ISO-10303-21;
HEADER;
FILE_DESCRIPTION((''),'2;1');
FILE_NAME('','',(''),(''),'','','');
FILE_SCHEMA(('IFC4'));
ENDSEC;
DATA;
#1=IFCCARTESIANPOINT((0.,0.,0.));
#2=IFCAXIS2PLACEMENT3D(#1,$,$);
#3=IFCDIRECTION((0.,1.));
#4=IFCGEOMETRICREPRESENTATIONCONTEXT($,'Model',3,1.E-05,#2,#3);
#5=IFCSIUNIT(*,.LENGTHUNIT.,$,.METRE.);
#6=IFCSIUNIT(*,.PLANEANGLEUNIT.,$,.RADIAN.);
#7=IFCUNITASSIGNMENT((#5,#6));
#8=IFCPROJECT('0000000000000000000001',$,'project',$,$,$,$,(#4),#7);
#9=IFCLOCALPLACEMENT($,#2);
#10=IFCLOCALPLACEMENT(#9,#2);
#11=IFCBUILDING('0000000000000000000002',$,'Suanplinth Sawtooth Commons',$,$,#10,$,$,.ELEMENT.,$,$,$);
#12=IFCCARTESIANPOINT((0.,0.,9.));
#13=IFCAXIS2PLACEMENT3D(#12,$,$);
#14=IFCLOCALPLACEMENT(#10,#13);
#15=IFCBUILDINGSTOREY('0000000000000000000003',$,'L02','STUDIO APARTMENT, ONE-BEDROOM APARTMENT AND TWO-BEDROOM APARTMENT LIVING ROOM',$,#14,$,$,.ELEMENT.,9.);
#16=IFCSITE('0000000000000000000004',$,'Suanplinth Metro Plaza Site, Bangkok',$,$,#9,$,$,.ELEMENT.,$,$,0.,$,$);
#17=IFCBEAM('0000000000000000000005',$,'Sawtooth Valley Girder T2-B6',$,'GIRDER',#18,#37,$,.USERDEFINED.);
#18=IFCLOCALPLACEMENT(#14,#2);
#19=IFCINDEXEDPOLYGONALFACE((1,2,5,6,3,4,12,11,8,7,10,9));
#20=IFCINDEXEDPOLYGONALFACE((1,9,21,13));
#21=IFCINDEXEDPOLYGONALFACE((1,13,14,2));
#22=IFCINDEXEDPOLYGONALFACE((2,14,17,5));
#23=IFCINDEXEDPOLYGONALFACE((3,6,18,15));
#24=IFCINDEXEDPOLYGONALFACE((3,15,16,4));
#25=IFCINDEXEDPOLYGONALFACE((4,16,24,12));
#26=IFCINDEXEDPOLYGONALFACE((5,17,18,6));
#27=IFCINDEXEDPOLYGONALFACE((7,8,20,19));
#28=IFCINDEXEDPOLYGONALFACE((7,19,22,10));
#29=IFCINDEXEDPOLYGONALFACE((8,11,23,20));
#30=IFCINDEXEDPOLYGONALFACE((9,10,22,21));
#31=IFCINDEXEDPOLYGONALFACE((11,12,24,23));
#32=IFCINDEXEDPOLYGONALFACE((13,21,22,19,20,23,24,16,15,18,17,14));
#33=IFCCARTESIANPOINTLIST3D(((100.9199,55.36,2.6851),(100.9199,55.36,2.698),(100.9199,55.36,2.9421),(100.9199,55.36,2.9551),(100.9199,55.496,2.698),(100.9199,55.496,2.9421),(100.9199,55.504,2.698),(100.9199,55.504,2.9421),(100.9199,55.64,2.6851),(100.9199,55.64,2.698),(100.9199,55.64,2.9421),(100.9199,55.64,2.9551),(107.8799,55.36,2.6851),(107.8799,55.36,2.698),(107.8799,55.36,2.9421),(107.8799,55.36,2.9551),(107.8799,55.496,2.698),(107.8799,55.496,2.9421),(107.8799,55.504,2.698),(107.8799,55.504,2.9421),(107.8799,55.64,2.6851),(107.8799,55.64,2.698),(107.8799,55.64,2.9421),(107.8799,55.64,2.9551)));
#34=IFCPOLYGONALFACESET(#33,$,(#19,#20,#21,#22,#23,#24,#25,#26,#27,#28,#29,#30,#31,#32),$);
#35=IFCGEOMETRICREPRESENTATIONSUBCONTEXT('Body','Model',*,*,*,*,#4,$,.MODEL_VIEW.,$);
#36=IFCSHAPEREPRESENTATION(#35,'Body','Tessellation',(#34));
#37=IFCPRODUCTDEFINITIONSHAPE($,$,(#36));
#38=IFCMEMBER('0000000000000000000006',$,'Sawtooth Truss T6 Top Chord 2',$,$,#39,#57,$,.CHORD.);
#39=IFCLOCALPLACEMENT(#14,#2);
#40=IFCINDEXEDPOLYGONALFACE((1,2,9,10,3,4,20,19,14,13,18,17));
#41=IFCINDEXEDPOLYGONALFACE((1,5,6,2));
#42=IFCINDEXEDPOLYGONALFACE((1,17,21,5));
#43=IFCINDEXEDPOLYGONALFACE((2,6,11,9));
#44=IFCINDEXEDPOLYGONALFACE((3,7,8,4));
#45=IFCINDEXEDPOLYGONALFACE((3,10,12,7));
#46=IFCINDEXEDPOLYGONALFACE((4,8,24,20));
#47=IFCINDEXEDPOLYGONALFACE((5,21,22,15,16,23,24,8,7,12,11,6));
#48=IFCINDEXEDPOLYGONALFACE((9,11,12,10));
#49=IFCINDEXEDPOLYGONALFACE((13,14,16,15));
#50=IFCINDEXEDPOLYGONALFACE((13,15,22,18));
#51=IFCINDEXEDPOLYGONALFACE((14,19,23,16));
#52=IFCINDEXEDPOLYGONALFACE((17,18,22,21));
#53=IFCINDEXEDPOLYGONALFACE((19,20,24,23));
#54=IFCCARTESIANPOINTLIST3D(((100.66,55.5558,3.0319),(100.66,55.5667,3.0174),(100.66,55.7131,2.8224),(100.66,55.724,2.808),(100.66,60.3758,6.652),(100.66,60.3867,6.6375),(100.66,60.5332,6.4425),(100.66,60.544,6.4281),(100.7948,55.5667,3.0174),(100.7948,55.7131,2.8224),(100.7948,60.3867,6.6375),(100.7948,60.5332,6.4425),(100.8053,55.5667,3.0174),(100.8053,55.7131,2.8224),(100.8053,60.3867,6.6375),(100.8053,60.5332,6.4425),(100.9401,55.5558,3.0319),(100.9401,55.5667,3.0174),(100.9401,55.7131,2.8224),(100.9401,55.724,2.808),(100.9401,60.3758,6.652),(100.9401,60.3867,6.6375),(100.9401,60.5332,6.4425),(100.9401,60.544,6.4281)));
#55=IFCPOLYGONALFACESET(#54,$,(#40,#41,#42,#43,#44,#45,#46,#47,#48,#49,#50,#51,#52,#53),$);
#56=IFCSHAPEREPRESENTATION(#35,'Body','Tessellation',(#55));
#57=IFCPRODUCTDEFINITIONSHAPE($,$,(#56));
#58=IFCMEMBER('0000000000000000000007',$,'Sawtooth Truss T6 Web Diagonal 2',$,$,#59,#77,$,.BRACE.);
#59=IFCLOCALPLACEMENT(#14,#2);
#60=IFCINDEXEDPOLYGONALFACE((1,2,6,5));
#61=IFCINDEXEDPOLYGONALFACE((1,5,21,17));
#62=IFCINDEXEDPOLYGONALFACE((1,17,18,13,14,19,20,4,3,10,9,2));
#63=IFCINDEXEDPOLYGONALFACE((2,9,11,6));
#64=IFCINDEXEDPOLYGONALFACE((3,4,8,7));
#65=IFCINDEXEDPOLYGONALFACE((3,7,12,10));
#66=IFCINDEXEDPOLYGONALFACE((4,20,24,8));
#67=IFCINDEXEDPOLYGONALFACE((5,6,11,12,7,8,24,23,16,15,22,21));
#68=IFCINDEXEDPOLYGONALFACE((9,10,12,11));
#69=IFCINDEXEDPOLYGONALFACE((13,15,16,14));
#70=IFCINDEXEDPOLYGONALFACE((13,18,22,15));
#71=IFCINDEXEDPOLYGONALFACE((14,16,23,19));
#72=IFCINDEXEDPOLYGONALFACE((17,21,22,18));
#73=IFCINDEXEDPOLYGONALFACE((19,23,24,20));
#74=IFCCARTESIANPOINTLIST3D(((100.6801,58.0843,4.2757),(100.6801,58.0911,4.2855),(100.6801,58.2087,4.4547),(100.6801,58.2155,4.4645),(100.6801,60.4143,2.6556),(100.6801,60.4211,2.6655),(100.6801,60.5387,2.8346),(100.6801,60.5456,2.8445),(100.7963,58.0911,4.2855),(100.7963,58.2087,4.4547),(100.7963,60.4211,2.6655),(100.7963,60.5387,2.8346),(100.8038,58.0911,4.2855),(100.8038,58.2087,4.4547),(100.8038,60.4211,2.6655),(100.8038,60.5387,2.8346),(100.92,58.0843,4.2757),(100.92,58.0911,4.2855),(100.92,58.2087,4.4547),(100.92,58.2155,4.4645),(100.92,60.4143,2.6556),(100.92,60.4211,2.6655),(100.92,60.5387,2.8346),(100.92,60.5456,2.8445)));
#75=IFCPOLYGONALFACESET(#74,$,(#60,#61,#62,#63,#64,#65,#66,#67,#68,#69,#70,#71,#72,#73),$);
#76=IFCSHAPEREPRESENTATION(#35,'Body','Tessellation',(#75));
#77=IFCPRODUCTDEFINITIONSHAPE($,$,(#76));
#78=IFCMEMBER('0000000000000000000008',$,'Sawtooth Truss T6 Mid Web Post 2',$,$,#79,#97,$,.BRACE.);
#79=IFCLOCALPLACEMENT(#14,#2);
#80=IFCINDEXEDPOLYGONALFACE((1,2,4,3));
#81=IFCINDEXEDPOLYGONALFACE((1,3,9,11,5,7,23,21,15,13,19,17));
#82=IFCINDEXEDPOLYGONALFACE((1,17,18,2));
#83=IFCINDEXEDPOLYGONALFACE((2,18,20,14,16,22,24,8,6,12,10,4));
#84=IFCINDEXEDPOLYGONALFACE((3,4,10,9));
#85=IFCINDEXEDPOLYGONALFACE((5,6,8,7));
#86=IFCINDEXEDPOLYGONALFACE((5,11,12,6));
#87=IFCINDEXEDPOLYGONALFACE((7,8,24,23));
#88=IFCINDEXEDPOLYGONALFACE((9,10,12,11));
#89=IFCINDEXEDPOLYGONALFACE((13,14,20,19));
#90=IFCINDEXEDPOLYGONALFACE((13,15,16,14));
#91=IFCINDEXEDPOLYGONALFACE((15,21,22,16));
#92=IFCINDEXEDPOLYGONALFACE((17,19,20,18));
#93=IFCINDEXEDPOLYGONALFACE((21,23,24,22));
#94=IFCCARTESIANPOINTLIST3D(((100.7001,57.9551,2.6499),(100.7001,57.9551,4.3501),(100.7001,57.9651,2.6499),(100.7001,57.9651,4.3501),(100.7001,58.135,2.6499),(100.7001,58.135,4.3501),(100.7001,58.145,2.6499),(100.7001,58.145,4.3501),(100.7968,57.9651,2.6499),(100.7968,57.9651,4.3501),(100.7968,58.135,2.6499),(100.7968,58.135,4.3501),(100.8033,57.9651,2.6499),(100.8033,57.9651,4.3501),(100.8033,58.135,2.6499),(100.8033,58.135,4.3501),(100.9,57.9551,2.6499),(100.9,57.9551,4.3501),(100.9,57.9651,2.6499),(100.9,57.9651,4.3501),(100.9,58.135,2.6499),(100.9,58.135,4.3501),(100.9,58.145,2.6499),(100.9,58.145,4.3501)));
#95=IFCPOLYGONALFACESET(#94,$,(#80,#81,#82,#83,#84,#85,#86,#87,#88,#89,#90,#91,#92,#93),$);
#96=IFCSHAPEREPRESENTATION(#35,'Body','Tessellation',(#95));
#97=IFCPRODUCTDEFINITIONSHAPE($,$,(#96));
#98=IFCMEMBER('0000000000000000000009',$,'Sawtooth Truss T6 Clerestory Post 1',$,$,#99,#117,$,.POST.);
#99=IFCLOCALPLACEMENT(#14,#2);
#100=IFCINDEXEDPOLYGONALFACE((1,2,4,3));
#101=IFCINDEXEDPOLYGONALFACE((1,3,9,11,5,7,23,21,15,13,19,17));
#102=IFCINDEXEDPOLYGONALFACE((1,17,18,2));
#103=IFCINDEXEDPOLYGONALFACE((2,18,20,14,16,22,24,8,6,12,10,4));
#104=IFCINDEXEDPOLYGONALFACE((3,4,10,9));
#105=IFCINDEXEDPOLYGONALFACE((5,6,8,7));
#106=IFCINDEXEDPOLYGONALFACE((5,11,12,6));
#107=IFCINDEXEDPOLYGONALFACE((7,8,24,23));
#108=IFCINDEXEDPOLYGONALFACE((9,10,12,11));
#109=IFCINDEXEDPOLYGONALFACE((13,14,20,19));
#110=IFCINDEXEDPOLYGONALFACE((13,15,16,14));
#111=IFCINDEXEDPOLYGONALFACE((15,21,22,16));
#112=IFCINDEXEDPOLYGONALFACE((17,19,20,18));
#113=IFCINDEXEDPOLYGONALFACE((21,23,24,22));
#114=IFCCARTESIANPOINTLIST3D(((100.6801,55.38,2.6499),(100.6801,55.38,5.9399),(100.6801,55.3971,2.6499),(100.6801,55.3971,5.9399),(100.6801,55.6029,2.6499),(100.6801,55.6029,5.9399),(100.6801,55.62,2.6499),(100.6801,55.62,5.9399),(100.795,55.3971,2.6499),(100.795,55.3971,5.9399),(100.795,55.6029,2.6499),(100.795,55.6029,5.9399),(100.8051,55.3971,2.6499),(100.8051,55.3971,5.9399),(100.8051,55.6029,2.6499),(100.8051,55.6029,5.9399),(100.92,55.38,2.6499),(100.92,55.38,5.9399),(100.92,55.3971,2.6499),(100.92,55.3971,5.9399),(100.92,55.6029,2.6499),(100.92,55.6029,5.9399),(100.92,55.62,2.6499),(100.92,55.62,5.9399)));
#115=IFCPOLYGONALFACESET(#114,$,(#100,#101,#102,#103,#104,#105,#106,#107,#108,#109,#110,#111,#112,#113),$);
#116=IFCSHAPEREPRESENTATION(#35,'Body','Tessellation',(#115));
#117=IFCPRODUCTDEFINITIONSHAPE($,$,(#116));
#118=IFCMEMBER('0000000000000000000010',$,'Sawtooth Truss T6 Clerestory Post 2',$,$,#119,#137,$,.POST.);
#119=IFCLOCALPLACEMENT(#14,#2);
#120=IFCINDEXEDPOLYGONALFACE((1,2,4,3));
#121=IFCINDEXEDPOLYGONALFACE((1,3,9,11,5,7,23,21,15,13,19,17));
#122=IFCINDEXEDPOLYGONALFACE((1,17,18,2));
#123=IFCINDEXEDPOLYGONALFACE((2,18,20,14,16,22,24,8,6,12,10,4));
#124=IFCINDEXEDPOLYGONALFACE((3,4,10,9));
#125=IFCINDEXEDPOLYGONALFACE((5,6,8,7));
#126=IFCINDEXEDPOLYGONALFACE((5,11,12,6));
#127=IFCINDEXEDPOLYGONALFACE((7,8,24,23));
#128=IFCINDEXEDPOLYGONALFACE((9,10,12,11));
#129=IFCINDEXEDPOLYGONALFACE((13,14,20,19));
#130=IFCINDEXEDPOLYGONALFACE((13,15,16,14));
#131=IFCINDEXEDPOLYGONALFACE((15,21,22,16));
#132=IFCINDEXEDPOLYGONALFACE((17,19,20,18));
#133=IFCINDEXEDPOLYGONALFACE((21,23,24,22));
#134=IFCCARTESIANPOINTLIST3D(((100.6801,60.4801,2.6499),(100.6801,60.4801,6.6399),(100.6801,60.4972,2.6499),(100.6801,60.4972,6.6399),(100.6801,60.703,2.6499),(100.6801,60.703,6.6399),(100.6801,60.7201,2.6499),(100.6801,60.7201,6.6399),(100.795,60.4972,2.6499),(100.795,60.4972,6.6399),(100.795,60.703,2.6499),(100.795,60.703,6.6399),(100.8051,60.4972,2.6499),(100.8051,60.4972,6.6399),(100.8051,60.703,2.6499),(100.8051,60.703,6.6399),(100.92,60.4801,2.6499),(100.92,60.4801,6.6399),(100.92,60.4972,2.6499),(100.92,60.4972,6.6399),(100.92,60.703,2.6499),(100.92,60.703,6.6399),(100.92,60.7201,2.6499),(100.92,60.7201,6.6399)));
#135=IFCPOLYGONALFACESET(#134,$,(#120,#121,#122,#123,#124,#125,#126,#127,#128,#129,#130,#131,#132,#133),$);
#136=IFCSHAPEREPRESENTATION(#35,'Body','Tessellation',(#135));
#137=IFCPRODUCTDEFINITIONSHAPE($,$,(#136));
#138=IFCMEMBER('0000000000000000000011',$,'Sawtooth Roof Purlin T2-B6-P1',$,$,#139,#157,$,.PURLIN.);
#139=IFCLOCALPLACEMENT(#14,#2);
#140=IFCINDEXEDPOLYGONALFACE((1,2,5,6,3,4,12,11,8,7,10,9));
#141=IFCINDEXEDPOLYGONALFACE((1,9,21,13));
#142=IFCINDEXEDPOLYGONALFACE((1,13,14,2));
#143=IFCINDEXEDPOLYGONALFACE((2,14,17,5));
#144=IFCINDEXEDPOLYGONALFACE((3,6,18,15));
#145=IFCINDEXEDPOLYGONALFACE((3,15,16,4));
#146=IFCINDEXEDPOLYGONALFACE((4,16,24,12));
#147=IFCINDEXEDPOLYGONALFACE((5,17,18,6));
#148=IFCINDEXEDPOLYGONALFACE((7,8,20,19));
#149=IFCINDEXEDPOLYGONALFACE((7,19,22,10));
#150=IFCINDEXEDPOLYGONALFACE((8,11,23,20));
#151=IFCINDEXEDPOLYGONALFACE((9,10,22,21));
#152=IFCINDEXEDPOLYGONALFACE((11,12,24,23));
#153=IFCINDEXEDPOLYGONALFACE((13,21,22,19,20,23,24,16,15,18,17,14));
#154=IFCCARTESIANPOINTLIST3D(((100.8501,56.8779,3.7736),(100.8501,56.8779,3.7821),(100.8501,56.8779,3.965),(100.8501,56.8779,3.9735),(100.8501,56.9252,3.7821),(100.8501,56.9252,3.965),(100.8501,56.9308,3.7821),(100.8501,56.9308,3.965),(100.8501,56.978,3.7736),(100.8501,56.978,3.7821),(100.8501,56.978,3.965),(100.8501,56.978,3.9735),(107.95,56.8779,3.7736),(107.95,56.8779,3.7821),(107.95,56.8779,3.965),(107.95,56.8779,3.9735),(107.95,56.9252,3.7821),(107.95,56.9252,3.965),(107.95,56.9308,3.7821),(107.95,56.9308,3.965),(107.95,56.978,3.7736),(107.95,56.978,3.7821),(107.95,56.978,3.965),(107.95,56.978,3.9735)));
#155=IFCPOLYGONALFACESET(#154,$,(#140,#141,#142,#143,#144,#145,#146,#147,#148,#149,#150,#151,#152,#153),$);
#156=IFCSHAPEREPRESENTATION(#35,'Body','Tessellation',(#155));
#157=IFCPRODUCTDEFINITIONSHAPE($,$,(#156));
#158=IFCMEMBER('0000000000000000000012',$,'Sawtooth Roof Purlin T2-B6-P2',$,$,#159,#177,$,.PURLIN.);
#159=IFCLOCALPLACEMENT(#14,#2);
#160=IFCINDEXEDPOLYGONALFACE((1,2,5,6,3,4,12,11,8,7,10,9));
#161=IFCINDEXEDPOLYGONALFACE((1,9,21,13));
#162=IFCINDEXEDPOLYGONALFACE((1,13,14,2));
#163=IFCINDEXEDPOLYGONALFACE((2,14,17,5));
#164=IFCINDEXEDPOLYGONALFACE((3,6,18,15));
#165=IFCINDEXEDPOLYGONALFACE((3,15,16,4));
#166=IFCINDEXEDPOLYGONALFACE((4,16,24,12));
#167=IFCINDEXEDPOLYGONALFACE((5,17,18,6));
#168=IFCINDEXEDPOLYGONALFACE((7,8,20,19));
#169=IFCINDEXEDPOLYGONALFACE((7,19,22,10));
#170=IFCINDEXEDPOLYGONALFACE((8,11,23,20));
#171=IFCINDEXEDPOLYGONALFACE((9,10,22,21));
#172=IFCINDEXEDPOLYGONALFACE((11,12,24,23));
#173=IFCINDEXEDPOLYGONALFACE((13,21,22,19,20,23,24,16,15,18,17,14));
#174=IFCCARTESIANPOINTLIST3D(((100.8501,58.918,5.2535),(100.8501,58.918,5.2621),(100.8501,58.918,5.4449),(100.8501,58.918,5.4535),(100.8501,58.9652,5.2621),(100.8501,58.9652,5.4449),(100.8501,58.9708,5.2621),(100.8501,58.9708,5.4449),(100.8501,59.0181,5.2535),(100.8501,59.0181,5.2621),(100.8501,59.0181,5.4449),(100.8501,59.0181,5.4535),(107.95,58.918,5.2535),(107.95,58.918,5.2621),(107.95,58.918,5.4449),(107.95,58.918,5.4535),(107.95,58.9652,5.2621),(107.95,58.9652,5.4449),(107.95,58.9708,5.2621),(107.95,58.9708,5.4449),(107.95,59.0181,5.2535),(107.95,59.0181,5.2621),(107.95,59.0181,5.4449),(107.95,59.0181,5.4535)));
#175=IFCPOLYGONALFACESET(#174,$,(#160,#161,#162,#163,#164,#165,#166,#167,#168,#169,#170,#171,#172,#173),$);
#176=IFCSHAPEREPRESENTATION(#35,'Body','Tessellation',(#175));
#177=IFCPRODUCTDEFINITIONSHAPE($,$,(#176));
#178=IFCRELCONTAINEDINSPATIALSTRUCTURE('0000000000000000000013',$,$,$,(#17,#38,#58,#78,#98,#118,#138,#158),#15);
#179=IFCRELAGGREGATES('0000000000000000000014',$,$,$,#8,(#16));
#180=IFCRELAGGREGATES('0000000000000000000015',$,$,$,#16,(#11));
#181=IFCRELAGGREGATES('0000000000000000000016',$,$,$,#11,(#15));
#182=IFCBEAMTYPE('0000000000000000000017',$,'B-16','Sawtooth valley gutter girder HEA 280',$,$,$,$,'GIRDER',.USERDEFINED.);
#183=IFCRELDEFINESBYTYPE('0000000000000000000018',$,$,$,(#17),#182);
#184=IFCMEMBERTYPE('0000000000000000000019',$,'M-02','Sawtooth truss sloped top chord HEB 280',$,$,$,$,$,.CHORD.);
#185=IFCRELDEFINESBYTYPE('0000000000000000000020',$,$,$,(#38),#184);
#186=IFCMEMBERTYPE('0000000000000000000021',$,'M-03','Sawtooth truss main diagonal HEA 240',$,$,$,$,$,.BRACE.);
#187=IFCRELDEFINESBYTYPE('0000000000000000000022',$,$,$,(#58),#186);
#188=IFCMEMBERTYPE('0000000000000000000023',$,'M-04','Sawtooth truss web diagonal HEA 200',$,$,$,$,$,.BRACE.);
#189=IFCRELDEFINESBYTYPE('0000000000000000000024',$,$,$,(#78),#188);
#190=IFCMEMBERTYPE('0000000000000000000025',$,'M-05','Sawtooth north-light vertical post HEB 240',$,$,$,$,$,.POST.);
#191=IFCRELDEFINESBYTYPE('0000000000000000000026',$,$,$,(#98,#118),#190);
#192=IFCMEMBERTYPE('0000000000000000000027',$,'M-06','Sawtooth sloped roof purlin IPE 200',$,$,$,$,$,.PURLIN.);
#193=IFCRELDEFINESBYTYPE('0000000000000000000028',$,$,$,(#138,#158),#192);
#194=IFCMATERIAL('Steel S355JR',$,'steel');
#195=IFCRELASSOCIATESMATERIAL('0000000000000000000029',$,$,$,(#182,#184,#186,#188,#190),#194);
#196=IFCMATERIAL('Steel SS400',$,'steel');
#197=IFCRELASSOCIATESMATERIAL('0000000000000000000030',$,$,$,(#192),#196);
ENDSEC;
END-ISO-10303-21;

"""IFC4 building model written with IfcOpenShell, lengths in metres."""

from ifc_helpers import new_model, si_unit, direction, frame, origin, origin_2d, place, context, subcontext, project, spatial, i_section, extrude, material, material_profile, profile_set, type_object, element, save


model = new_model("IFC4")

# Units and contexts
model_context = context("Model", 3, precision=1e-05, world=origin(), true_north=direction((0.0, 1.0)))
body_context = subcontext(model_context, "Body", "Model", "MODEL_VIEW")
ifc_project = project(units=[si_unit("LENGTHUNIT", "METRE"), si_unit("PLANEANGLEUNIT", "RADIAN")], contexts=[model_context])

# Site, building, storey
site_placement = place(None, origin())
site = spatial("IfcSite", under=ifc_project, at=site_placement, Name="Suanplinth Metro Plaza Site, Bangkok", CompositionType="ELEMENT", RefElevation=0.0)
building_placement = place(site_placement, origin())
building = spatial("IfcBuilding", under=site, at=building_placement, Name="Suanplinth Sawtooth Commons", CompositionType="ELEMENT")
storey_placement = place(building_placement, frame((0.0, 0.0, 9.0)))
storey = spatial("IfcBuildingStorey", under=building, at=storey_placement, Name="L02", Description="STUDIO APARTMENT, ONE-BEDROOM APARTMENT AND TWO-BEDROOM APARTMENT LIVING ROOM", CompositionType="ELEMENT", Elevation=9.0)

# Beam
ifc_material_1 = material(Name="Steel S355JR", Category="steel")
ifc_material_profile_1 = material_profile(ifc_material_1, i_section(OverallWidth=0.28, OverallDepth=0.27, WebThickness=0.0081, FlangeThickness=0.0129, at=origin_2d()), Name="HEA 280")
ifc_profile_set_1 = profile_set([ifc_material_profile_1], Name="Steel S355JR")
beam_type = type_object("IfcBeamType", Name="B-16", Description="Sawtooth valley gutter girder HEA 280", ElementType="GIRDER", PredefinedType="USERDEFINED", material=ifc_profile_set_1)
beam_placement = place(storey_placement, frame((100.9199, 55.5, 2.8201), z_axis=(1.0, 0.0, 0.0), x_axis=(0.0, 1.0, 0.0)))
element("IfcBeam", 1, at=beam_placement, inside=storey, type_object=beam_type, Name="Sawtooth Valley Girder T2-B6", ObjectType="GIRDER", PredefinedType="USERDEFINED", context=body_context, shape_type="SweptSolid", body=[
    extrude(i_section(OverallWidth=0.28, OverallDepth=0.27, WebThickness=0.0081, FlangeThickness=0.0129, at=origin_2d()), origin(), (0.0, 0.0, 1.0), 6.96),
])

# Members
ifc_material_profile_2 = material_profile(ifc_material_1, i_section(OverallWidth=0.28, OverallDepth=0.28, WebThickness=0.0105, FlangeThickness=0.0181, at=origin_2d()), Name="HEB 280")
ifc_profile_set_2 = profile_set([ifc_material_profile_2], Name="Steel S355JR")
member_type_1 = type_object("IfcMemberType", Name="M-02", Description="Sawtooth truss sloped top chord HEB 280", PredefinedType="CHORD", material=ifc_profile_set_2)
member_1_placement = place(storey_placement, frame((100.8, 55.6399, 2.9199), z_axis=(0.0, 0.799596, 0.600538), x_axis=(-1.0, 0.0, 0.0)))
element("IfcMember", 2, at=member_1_placement, inside=storey, type_object=member_type_1, Name="Sawtooth Truss T6 Top Chord 2", PredefinedType="CHORD", context=body_context, shape_type="SweptSolid", body=[
    extrude(i_section(OverallWidth=0.28, OverallDepth=0.28, WebThickness=0.0105, FlangeThickness=0.0181, at=origin_2d()), origin(), (0.0, 0.0, 1.0), 6.0281),
])
ifc_material_profile_3 = material_profile(ifc_material_1, i_section(OverallWidth=0.24, OverallDepth=0.23, WebThickness=0.0076, FlangeThickness=0.012, at=origin_2d()), Name="HEA 240")
ifc_profile_set_3 = profile_set([ifc_material_profile_3], Name="Steel S355JR")
member_type_2 = type_object("IfcMemberType", Name="M-03", Description="Sawtooth truss main diagonal HEA 240", PredefinedType="BRACE", material=ifc_profile_set_3)
member_2_placement = place(storey_placement, frame((100.8, 58.1499, 4.3701), z_axis=(0.0, 0.821038, -0.570873), x_axis=(-1.0, 0.0, 0.0)))
element("IfcMember", 3, at=member_2_placement, inside=storey, type_object=member_type_2, Name="Sawtooth Truss T6 Web Diagonal 2", PredefinedType="BRACE", context=body_context, shape_type="SweptSolid", body=[
    extrude(i_section(OverallWidth=0.24, OverallDepth=0.23, WebThickness=0.0076, FlangeThickness=0.012, at=origin_2d()), origin(), (0.0, 0.0, 1.0), 2.8379),
])
ifc_material_profile_4 = material_profile(ifc_material_1, i_section(OverallWidth=0.2, OverallDepth=0.1899, WebThickness=0.0066, FlangeThickness=0.01, at=origin_2d()), Name="HEA 200")
ifc_profile_set_4 = profile_set([ifc_material_profile_4], Name="Steel S355JR")
member_type_3 = type_object("IfcMemberType", Name="M-04", Description="Sawtooth truss web diagonal HEA 200", PredefinedType="BRACE", material=ifc_profile_set_4)
member_3_placement = place(storey_placement, frame((100.8, 58.05, 2.6499), z_axis=(0.0, 0.0, 1.0), x_axis=(1.0, 0.0, 0.0)))
element("IfcMember", 4, at=member_3_placement, inside=storey, type_object=member_type_3, Name="Sawtooth Truss T6 Mid Web Post 2", PredefinedType="BRACE", context=body_context, shape_type="SweptSolid", body=[
    extrude(i_section(OverallWidth=0.2, OverallDepth=0.1899, WebThickness=0.0066, FlangeThickness=0.01, at=origin_2d()), origin(), (0.0, 0.0, 1.0), 1.7002),
])
ifc_material_profile_5 = material_profile(ifc_material_1, i_section(OverallWidth=0.24, OverallDepth=0.24, WebThickness=0.01, FlangeThickness=0.0171, at=origin_2d()), Name="HEB 240")
ifc_profile_set_5 = profile_set([ifc_material_profile_5], Name="Steel S355JR")
member_type_4 = type_object("IfcMemberType", Name="M-05", Description="Sawtooth north-light vertical post HEB 240", PredefinedType="POST", material=ifc_profile_set_5)
member_4_placement = place(storey_placement, frame((100.8, 55.5, 2.6499), z_axis=(0.0, 0.0, 1.0), x_axis=(1.0, 0.0, 0.0)))
element("IfcMember", 5, at=member_4_placement, inside=storey, type_object=member_type_4, Name="Sawtooth Truss T6 Clerestory Post 1", PredefinedType="POST", context=body_context, shape_type="SweptSolid", body=[
    extrude(i_section(OverallWidth=0.24, OverallDepth=0.24, WebThickness=0.01, FlangeThickness=0.0171, at=origin_2d()), origin(), (0.0, 0.0, 1.0), 3.29),
])
member_5_placement = place(storey_placement, frame((100.8, 60.6001, 2.6499), z_axis=(0.0, 0.0, 1.0), x_axis=(1.0, 0.0, 0.0)))
element("IfcMember", 6, at=member_5_placement, inside=storey, type_object=member_type_4, Name="Sawtooth Truss T6 Clerestory Post 2", PredefinedType="POST", context=body_context, shape_type="SweptSolid", body=[
    extrude(i_section(OverallWidth=0.24, OverallDepth=0.24, WebThickness=0.01, FlangeThickness=0.0171, at=origin_2d()), origin(), (0.0, 0.0, 1.0), 3.99),
])
ifc_material_2 = material(Name="Steel SS400", Category="steel")
ifc_material_profile_6 = material_profile(ifc_material_2, i_section(OverallWidth=0.1001, OverallDepth=0.2, WebThickness=0.0056, FlangeThickness=0.0085, at=origin_2d()), Name="IPE 200")
ifc_profile_set_6 = profile_set([ifc_material_profile_6], Name="Steel SS400")
member_type_5 = type_object("IfcMemberType", Name="M-06", Description="Sawtooth sloped roof purlin IPE 200", PredefinedType="PURLIN", material=ifc_profile_set_6)
for number, where, z_axis, x_axis, name in (
    (7, (100.8501, 56.928, 3.8735), (1.0, 0.0, 0.0), (0.0, 1.0, 0.0), "Sawtooth Roof Purlin T2-B6-P1"),
    (8, (100.8501, 58.968, 5.3535), (1.0, 0.0, 0.0), (0.0, 1.0, 0.0), "Sawtooth Roof Purlin T2-B6-P2"),
):
    element("IfcMember", number, at=place(storey_placement, frame(where, z_axis=z_axis, x_axis=x_axis)), inside=storey, type_object=member_type_5, Name=name, PredefinedType="PURLIN", context=body_context, shape_type="SweptSolid", body=[
        extrude(i_section(OverallWidth=0.1001, OverallDepth=0.2, WebThickness=0.0056, FlangeThickness=0.0085, at=origin_2d()), origin(), (0.0, 0.0, 1.0), 7.0999),
    ])

save(model, "model.ifc")
